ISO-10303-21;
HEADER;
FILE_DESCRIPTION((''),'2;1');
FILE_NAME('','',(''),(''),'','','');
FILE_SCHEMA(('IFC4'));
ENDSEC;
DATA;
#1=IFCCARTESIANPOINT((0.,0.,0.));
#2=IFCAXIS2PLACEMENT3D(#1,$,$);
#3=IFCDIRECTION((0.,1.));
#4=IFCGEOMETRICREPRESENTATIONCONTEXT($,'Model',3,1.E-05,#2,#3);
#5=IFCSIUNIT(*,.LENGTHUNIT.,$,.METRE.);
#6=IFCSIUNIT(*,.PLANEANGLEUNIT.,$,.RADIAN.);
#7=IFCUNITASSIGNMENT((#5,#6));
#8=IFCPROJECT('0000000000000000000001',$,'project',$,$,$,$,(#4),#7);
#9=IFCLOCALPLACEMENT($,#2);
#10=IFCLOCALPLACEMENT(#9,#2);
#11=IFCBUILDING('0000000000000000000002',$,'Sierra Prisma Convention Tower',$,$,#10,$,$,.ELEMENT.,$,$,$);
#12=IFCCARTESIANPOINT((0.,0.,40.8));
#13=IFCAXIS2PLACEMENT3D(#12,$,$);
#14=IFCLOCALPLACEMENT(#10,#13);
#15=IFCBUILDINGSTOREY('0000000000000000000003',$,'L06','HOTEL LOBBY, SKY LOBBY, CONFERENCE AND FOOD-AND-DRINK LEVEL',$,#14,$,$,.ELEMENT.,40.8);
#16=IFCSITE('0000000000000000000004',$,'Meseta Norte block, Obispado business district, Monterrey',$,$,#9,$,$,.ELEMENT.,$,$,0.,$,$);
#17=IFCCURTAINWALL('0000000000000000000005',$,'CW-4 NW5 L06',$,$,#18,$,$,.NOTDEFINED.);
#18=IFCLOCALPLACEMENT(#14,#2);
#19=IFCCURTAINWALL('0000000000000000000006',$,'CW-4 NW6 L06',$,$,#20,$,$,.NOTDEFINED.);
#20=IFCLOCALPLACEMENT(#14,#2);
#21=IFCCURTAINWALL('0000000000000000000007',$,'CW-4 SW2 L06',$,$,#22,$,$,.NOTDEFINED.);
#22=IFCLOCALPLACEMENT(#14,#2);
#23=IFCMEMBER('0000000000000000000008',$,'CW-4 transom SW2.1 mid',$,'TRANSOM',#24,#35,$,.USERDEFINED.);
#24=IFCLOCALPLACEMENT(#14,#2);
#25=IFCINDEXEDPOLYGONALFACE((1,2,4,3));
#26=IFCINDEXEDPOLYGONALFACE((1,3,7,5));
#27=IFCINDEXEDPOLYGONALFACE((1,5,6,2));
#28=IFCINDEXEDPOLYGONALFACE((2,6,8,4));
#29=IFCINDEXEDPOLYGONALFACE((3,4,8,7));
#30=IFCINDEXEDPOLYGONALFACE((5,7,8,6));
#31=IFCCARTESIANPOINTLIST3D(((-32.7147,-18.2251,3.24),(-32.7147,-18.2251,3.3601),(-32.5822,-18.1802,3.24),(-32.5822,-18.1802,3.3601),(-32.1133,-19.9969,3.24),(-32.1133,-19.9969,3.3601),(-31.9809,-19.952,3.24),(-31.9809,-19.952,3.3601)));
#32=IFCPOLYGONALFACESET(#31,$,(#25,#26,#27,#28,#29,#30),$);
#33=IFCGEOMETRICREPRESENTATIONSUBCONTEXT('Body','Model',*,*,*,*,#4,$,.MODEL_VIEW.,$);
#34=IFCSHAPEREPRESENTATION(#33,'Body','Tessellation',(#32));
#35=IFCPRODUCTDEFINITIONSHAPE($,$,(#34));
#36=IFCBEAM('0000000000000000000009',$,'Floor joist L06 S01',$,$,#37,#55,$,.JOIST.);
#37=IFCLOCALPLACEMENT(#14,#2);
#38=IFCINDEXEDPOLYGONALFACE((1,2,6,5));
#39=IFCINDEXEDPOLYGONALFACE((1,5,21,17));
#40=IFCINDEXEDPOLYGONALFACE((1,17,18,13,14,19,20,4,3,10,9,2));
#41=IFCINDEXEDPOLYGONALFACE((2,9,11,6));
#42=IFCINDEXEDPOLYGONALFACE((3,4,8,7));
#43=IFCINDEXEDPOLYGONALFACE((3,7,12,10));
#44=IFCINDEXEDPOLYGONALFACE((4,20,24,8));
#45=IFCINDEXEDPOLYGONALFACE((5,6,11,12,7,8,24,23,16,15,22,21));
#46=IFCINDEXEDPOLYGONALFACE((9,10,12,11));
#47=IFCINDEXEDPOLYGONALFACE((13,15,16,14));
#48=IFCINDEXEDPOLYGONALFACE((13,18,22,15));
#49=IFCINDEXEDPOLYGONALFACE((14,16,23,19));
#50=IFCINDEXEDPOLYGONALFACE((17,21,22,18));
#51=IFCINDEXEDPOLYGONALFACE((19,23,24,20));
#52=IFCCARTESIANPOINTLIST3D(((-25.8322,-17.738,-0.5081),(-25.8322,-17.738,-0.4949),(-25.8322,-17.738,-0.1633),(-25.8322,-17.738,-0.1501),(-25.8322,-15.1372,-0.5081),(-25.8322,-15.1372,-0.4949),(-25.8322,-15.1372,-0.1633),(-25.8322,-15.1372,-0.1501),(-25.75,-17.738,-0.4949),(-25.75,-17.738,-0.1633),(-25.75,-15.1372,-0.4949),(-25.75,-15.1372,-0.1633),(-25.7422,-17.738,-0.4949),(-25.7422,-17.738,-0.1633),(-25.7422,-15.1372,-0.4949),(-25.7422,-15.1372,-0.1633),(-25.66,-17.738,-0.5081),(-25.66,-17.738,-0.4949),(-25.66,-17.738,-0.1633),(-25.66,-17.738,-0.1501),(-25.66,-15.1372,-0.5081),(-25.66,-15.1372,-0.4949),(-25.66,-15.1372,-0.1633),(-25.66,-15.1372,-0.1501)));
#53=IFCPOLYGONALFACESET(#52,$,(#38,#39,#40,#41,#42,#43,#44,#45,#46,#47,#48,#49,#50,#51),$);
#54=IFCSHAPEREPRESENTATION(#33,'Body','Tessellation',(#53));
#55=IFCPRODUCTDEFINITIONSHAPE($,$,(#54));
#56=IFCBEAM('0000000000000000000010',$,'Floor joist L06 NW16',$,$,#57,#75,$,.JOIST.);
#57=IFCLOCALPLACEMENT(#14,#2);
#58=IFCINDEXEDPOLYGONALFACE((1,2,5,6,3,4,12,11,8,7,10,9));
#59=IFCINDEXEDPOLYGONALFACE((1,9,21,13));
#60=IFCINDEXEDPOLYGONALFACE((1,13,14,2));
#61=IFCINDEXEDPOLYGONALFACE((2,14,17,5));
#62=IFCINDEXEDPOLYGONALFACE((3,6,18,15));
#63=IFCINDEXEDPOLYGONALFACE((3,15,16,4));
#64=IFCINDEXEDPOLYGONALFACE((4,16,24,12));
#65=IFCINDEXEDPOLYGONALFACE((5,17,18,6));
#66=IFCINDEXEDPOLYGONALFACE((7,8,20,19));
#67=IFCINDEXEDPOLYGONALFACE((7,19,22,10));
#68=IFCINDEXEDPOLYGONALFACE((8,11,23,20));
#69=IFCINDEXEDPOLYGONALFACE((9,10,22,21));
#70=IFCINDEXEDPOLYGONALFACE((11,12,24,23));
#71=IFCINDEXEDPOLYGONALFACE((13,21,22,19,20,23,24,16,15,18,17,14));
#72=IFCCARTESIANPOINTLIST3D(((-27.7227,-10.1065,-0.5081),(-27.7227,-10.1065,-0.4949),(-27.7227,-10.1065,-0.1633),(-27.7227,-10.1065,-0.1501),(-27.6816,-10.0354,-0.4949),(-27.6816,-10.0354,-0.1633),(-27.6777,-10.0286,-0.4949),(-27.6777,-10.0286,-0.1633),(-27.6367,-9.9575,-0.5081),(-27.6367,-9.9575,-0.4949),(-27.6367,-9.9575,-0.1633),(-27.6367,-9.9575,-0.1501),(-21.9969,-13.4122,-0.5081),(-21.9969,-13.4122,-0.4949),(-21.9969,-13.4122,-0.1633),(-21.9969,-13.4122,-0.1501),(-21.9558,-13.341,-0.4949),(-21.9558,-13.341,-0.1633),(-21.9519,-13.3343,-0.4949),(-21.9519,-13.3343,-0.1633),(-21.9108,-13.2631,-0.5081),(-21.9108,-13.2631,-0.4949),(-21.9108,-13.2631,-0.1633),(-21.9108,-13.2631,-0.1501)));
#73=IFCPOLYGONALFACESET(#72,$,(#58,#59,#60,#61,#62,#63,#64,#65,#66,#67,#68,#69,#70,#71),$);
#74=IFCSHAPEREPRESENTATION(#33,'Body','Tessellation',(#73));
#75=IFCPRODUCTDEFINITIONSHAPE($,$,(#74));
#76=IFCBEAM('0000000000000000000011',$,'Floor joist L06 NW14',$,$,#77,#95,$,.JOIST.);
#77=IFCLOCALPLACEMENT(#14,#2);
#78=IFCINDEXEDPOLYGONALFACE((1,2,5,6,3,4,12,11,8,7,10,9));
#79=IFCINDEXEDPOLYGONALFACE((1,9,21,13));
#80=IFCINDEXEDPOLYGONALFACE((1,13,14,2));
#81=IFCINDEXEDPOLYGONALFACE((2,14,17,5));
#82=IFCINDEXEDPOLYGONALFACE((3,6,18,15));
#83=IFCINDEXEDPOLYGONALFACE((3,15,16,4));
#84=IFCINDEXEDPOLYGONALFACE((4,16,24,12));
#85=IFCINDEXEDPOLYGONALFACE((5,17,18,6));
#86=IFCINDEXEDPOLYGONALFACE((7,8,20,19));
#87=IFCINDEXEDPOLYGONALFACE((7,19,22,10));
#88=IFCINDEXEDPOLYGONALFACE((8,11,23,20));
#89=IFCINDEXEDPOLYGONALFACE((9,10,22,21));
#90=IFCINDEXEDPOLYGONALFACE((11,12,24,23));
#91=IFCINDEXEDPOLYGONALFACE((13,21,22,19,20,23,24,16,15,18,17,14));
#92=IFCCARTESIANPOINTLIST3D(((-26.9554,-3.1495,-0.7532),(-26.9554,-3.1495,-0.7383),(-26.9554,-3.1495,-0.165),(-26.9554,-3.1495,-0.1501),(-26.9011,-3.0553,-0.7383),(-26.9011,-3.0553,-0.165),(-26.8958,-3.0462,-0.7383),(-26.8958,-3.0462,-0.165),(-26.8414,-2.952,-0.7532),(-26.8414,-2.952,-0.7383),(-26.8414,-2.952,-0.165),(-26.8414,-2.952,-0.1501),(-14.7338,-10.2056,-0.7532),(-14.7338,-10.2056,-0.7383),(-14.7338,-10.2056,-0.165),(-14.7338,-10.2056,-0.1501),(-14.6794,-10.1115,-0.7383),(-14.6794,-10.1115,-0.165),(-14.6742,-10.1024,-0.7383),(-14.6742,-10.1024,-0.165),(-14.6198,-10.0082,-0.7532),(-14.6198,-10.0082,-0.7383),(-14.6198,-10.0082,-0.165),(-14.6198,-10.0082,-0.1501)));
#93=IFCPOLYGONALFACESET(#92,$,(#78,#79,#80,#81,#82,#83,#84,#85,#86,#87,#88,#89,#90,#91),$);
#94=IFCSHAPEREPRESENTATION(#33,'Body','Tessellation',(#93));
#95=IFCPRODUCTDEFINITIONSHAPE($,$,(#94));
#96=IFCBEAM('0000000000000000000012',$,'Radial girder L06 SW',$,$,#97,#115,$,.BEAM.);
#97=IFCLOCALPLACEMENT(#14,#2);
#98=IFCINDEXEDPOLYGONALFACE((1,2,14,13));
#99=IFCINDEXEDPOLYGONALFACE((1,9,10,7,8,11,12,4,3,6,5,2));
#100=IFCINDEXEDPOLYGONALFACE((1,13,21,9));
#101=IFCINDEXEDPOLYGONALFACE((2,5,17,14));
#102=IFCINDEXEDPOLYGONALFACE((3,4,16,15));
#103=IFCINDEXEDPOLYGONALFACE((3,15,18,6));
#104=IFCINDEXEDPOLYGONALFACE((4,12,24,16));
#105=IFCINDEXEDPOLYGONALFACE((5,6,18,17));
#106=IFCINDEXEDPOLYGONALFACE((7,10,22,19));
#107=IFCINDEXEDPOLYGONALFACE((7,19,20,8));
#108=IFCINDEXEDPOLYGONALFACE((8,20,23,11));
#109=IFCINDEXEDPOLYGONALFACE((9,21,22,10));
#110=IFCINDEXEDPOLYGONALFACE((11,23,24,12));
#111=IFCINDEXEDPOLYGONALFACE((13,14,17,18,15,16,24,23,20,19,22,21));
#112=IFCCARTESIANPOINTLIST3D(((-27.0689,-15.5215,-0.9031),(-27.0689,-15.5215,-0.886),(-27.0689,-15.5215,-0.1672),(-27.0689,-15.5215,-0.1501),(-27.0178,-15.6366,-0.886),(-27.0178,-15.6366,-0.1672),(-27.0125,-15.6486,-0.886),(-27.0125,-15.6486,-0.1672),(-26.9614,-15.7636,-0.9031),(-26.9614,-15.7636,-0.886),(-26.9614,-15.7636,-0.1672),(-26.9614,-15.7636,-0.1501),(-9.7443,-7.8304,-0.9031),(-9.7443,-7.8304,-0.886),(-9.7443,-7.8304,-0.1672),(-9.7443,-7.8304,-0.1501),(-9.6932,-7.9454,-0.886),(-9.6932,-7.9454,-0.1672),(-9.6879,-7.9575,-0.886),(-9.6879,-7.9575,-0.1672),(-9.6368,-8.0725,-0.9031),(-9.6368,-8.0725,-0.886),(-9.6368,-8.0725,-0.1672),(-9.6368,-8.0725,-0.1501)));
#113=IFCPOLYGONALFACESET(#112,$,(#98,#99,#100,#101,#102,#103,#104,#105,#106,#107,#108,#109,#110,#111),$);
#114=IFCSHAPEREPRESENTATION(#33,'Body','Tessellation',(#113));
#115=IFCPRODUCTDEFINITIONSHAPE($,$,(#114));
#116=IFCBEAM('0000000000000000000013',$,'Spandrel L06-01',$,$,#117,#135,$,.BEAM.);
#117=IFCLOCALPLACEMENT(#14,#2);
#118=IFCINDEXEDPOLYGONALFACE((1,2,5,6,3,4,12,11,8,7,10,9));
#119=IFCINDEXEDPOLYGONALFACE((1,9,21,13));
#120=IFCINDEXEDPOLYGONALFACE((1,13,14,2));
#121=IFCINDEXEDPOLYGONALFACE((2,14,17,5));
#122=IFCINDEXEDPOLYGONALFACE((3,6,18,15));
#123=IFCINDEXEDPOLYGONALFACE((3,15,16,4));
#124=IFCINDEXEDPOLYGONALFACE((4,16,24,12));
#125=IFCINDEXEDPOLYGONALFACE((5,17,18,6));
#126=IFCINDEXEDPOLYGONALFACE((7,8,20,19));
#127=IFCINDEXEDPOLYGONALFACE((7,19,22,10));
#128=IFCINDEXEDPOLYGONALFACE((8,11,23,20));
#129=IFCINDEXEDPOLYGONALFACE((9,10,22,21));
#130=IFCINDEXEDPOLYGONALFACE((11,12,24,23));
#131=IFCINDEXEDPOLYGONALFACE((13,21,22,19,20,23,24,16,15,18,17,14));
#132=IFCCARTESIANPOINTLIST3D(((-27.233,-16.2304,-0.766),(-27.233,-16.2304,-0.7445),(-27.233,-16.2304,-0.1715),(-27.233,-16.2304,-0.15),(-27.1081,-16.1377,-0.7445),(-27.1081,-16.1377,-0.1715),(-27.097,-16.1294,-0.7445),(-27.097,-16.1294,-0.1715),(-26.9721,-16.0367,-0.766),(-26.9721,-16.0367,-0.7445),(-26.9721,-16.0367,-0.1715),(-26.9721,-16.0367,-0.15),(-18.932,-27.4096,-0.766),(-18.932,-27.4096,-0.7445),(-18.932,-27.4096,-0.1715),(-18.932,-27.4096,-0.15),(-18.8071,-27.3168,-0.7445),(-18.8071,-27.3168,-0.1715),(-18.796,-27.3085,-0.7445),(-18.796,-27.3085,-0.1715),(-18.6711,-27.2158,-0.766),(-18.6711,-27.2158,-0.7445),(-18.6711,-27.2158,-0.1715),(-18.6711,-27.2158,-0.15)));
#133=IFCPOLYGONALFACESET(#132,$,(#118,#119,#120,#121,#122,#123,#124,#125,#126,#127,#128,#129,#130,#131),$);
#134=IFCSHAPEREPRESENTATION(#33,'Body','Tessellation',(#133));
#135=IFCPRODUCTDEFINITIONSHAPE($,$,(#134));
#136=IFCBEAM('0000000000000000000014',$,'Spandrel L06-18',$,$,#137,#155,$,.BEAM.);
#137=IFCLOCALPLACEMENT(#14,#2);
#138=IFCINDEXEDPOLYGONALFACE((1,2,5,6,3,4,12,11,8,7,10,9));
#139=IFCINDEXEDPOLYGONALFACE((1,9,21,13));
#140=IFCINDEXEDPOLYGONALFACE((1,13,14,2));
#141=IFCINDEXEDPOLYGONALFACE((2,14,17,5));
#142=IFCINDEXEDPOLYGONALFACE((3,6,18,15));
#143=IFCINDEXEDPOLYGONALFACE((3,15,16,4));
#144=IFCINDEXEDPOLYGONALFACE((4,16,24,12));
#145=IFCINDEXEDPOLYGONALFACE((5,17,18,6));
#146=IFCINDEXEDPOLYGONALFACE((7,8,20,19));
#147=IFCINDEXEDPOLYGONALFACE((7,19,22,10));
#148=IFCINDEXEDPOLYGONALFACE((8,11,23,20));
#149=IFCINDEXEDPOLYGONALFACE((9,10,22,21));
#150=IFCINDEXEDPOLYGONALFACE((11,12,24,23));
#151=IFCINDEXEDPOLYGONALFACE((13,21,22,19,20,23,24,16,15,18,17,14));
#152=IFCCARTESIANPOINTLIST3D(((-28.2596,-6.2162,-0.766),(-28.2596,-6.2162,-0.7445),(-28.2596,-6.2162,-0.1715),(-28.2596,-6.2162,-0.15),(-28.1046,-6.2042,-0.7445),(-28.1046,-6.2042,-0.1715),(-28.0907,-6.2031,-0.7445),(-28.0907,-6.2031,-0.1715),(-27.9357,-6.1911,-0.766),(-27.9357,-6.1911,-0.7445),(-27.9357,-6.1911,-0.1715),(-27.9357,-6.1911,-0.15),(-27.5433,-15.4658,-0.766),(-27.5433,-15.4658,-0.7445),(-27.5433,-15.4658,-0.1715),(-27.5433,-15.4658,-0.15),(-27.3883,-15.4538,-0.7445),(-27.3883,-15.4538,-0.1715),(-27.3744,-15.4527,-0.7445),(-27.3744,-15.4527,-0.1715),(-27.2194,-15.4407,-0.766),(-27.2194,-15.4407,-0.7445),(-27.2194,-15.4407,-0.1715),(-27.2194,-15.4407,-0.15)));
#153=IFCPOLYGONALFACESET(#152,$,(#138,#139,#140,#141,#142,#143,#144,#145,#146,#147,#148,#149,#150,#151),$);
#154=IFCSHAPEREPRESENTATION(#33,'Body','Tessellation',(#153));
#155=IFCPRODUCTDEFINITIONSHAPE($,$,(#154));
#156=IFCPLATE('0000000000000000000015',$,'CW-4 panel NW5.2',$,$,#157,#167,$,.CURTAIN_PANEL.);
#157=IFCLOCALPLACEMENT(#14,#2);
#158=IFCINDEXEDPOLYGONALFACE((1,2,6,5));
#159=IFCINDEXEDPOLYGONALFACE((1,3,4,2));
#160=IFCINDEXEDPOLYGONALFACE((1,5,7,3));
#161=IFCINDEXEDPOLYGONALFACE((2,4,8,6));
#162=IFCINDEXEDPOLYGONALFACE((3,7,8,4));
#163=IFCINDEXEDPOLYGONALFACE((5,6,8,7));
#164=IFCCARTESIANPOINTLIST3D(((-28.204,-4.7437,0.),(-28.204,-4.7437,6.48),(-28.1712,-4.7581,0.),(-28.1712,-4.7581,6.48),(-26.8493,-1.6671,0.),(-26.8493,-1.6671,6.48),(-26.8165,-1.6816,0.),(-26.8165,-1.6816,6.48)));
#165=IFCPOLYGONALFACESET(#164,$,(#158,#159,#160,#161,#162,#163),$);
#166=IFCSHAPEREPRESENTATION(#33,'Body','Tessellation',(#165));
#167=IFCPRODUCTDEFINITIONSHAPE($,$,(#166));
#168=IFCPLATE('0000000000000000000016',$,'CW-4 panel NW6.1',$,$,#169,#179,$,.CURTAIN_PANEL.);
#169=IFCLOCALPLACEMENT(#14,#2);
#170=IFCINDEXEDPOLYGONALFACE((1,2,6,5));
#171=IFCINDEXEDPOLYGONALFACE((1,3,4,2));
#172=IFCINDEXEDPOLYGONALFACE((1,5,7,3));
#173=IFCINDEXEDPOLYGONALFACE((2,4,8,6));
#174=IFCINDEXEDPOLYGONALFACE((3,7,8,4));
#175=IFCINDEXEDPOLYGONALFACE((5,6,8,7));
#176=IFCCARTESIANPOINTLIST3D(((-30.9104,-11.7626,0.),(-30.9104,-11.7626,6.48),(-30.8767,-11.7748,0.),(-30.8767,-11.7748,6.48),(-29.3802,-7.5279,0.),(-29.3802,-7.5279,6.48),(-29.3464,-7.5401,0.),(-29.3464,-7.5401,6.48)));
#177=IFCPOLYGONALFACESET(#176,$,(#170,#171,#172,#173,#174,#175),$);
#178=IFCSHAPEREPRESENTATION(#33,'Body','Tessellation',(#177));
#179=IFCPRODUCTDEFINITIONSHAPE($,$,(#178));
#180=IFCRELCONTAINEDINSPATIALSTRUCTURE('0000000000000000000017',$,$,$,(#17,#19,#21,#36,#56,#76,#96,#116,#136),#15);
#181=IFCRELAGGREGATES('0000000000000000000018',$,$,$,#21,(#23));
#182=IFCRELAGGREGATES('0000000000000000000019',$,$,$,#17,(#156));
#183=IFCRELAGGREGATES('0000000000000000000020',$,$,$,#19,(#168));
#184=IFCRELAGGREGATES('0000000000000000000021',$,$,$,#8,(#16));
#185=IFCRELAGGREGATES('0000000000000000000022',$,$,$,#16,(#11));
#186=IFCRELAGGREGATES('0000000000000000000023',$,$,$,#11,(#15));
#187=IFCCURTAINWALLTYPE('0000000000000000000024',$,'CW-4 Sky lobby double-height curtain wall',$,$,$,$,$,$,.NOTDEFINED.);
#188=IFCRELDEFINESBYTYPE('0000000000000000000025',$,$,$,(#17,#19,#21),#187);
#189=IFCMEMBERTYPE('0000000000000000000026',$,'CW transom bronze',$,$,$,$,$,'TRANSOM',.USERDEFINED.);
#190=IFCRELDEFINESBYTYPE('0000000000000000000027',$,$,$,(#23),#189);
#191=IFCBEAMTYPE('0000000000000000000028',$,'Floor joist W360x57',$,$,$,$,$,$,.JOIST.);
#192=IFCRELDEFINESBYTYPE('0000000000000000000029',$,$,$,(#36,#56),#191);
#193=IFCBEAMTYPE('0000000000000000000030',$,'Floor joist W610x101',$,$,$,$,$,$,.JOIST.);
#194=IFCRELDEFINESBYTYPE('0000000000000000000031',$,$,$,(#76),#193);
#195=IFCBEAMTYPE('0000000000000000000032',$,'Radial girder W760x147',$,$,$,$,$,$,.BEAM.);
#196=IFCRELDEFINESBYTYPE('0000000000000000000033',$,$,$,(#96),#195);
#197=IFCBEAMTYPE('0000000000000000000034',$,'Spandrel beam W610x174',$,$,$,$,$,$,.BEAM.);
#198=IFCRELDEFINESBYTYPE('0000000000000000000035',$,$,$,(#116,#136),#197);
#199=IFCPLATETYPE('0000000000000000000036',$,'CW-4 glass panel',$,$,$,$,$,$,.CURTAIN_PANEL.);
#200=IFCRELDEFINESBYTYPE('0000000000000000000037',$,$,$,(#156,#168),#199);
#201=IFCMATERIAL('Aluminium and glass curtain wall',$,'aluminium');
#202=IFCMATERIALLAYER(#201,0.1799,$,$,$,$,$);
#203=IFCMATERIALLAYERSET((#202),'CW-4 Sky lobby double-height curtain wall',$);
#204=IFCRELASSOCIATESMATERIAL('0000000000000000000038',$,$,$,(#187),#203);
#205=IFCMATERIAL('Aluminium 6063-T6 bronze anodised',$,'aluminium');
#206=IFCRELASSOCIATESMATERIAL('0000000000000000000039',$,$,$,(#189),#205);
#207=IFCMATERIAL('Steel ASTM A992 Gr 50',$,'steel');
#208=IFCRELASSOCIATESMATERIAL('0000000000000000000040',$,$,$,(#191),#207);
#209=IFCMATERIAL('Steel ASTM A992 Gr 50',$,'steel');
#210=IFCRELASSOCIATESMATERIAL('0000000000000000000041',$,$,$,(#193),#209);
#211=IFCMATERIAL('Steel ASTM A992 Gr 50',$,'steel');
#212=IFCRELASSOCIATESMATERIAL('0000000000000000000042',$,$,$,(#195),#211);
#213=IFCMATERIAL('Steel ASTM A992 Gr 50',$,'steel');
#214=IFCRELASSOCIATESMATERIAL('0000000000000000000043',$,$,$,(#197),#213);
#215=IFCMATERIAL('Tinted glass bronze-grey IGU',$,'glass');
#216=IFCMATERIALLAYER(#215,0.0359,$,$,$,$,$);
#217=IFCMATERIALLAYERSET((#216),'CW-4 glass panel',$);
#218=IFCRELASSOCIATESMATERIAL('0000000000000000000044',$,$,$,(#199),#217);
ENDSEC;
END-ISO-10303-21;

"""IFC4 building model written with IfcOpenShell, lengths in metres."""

from ifc_helpers import new_model, si_unit, direction, frame, origin, origin_2d, place, context, subcontext, project, spatial, rectangle, i_section, extrude, material, layer, layer_set, material_profile, profile_set, type_object, element, aggregate, save


model = new_model("IFC4")

# Units and contexts
model_context = context("Model", 3, precision=1e-05, world=origin(), true_north=direction((0.0, 1.0)))
body_context = subcontext(model_context, "Body", "Model", "MODEL_VIEW")
ifc_project = project(units=[si_unit("LENGTHUNIT", "METRE"), si_unit("PLANEANGLEUNIT", "RADIAN")], contexts=[model_context])

# Site, building, storey
site_placement = place(None, origin())
site = spatial("IfcSite", under=ifc_project, at=site_placement, Name="Meseta Norte block, Obispado business district, Monterrey", CompositionType="ELEMENT", RefElevation=0.0)
building_placement = place(site_placement, origin())
building = spatial("IfcBuilding", under=site, at=building_placement, Name="Sierra Prisma Convention Tower", CompositionType="ELEMENT")
storey_placement = place(building_placement, frame((0.0, 0.0, 40.8)))
storey = spatial("IfcBuildingStorey", under=building, at=storey_placement, Name="L06", Description="HOTEL LOBBY, SKY LOBBY, CONFERENCE AND FOOD-AND-DRINK LEVEL", CompositionType="ELEMENT", Elevation=40.8)

# Curtain walls
ifc_material_1 = material(Name="Aluminium and glass curtain wall", Category="aluminium")
ifc_layer_1 = layer(ifc_material_1, 0.1799)
ifc_layer_set_1 = layer_set([ifc_layer_1], Name="CW-4 Sky lobby double-height curtain wall")
curtain_wall_type = type_object("IfcCurtainWallType", Name="CW-4 Sky lobby double-height curtain wall", PredefinedType="NOTDEFINED", material=ifc_layer_set_1)
curtain_wall_1_placement = place(storey_placement, origin())
curtain_wall_1 = element("IfcCurtainWall", 1, at=curtain_wall_1_placement, inside=storey, type_object=curtain_wall_type, Name="CW-4 NW5 L06", PredefinedType="NOTDEFINED")
curtain_wall_2_placement = place(storey_placement, origin())
curtain_wall_2 = element("IfcCurtainWall", 2, at=curtain_wall_2_placement, inside=storey, type_object=curtain_wall_type, Name="CW-4 NW6 L06", PredefinedType="NOTDEFINED")
curtain_wall_3_placement = place(storey_placement, origin())
curtain_wall_3 = element("IfcCurtainWall", 3, at=curtain_wall_3_placement, inside=storey, type_object=curtain_wall_type, Name="CW-4 SW2 L06", PredefinedType="NOTDEFINED")

# Member
ifc_material_2 = material(Name="Aluminium 6063-T6 bronze anodised", Category="aluminium")
ifc_material_profile_1 = material_profile(ifc_material_2, rectangle(XDim=0.1399, YDim=0.1201, at=origin_2d()), Name="ALU TRANSOM 120x140")
ifc_profile_set_1 = profile_set([ifc_material_profile_1], Name="Aluminium 6063-T6 bronze anodised")
member_type_1 = type_object("IfcMemberType", Name="CW transom bronze", ElementType="TRANSOM", PredefinedType="USERDEFINED", material=ifc_profile_set_1)
member_1_placement = place(storey_placement, frame((-32.6484, -18.2026, 3.3), z_axis=(0.32139, -0.946947, 0.0), x_axis=(0.946947, 0.32139, 0.0)))
member_1 = element("IfcMember", 4, at=member_1_placement, type_object=member_type_1, Name="CW-4 transom SW2.1 mid", ObjectType="TRANSOM", PredefinedType="USERDEFINED", context=body_context, shape_type="SweptSolid", body=[
    extrude(rectangle(XDim=0.1399, YDim=0.1201, at=origin_2d()), origin(), (0.0, 0.0, 1.0), 1.8711),
])
aggregate(curtain_wall_3, [member_1])

# Beams
ifc_material_3 = material(Name="Steel ASTM A992 Gr 50", Category="steel")
ifc_material_profile_2 = material_profile(ifc_material_3, i_section(OverallWidth=0.1721, OverallDepth=0.3579, WebThickness=0.0078, FlangeThickness=0.0132, at=origin_2d()), Name="W360x57")
ifc_profile_set_2 = profile_set([ifc_material_profile_2], Name="Steel ASTM A992 Gr 50")
beam_type_1 = type_object("IfcBeamType", Name="Floor joist W360x57", PredefinedType="JOIST", material=ifc_profile_set_2)
beam_1_placement = place(storey_placement, frame((-25.7461, -17.738, -0.3291), z_axis=(0.0, 1.0, 0.0), x_axis=(-1.0, 0.0, 0.0)))
element("IfcBeam", 5, at=beam_1_placement, inside=storey, type_object=beam_type_1, Name="Floor joist L06 S01", PredefinedType="JOIST", context=body_context, shape_type="SweptSolid", body=[
    extrude(i_section(OverallWidth=0.1721, OverallDepth=0.3579, WebThickness=0.0078, FlangeThickness=0.0132, at=origin_2d()), origin(), (0.0, 0.0, 1.0), 2.6008),
])
beam_2_placement = place(storey_placement, frame((-27.6797, -10.032, -0.3291), z_axis=(0.866035, -0.499983, 0.0), x_axis=(0.499983, 0.866035, 0.0)))
element("IfcBeam", 6, at=beam_2_placement, inside=storey, type_object=beam_type_1, Name="Floor joist L06 NW16", PredefinedType="JOIST", context=body_context, shape_type="SweptSolid", body=[
    extrude(i_section(OverallWidth=0.1721, OverallDepth=0.3579, WebThickness=0.0078, FlangeThickness=0.0132, at=origin_2d()), origin(), (0.0, 0.0, 1.0), 6.6116),
])
ifc_material_4 = material(Name="Steel ASTM A992 Gr 50", Category="steel")
ifc_material_profile_3 = material_profile(ifc_material_4, i_section(OverallWidth=0.228, OverallDepth=0.603, WebThickness=0.0105, FlangeThickness=0.0149, at=origin_2d()), Name="W610x101")
ifc_profile_set_3 = profile_set([ifc_material_profile_3], Name="Steel ASTM A992 Gr 50")
beam_type_2 = type_object("IfcBeamType", Name="Floor joist W610x101", PredefinedType="JOIST", material=ifc_profile_set_3)
beam_3_placement = place(storey_placement, frame((-26.8984, -3.0508, -0.4517), z_axis=(0.866027, -0.499998, 0.0), x_axis=(0.499998, 0.866027, 0.0)))
element("IfcBeam", 7, at=beam_3_placement, inside=storey, type_object=beam_type_2, Name="Floor joist L06 NW14", PredefinedType="JOIST", context=body_context, shape_type="SweptSolid", body=[
    extrude(i_section(OverallWidth=0.228, OverallDepth=0.603, WebThickness=0.0105, FlangeThickness=0.0149, at=origin_2d()), origin(), (0.0, 0.0, 1.0), 14.1123),
])
ifc_material_5 = material(Name="Steel ASTM A992 Gr 50", Category="steel")
ifc_material_profile_4 = material_profile(ifc_material_5, i_section(OverallWidth=0.2649, OverallDepth=0.7529, WebThickness=0.0132, FlangeThickness=0.0171, at=origin_2d()), Name="W760x147")
ifc_profile_set_4 = profile_set([ifc_material_profile_4], Name="Steel ASTM A992 Gr 50")
beam_type_3 = type_object("IfcBeamType", Name="Radial girder W760x147", PredefinedType="BEAM", material=ifc_profile_set_4)
beam_4_placement = place(storey_placement, frame((-27.0151, -15.6426, -0.5266), z_axis=(0.913982, 0.405755, 0.0), x_axis=(-0.405755, 0.913982, 0.0)))
element("IfcBeam", 8, at=beam_4_placement, inside=storey, type_object=beam_type_3, Name="Radial girder L06 SW", PredefinedType="BEAM", context=body_context, shape_type="SweptSolid", body=[
    extrude(i_section(OverallWidth=0.2649, OverallDepth=0.7529, WebThickness=0.0132, FlangeThickness=0.0171, at=origin_2d()), origin(), (0.0, 0.0, 1.0), 18.9551),
])
ifc_material_6 = material(Name="Steel ASTM A992 Gr 50", Category="steel")
ifc_material_profile_5 = material_profile(ifc_material_6, i_section(OverallWidth=0.325, OverallDepth=0.616, WebThickness=0.0139, FlangeThickness=0.0215, at=origin_2d()), Name="W610x174")
ifc_profile_set_5 = profile_set([ifc_material_profile_5], Name="Steel ASTM A992 Gr 50")
beam_type_4 = type_object("IfcBeamType", Name="Spandrel beam W610x174", PredefinedType="BEAM", material=ifc_profile_set_5)
beam_5_placement = place(storey_placement, frame((-27.1025, -16.1335, -0.458), z_axis=(0.596161, -0.802865, 0.0), x_axis=(0.802865, 0.596161, 0.0)))
element("IfcBeam", 9, at=beam_5_placement, inside=storey, type_object=beam_type_4, Name="Spandrel L06-01", PredefinedType="BEAM", context=body_context, shape_type="SweptSolid", body=[
    extrude(i_section(OverallWidth=0.325, OverallDepth=0.616, WebThickness=0.0139, FlangeThickness=0.0215, at=origin_2d()), origin(), (0.0, 0.0, 1.0), 13.9241),
])
beam_6_placement = place(storey_placement, frame((-28.0977, -6.2036, -0.458), z_axis=(0.07721, -0.997015, 0.0), x_axis=(0.997015, 0.07721, 0.0)))
element("IfcBeam", 10, at=beam_6_placement, inside=storey, type_object=beam_type_4, Name="Spandrel L06-18", PredefinedType="BEAM", context=body_context, shape_type="SweptSolid", body=[
    extrude(i_section(OverallWidth=0.325, OverallDepth=0.616, WebThickness=0.0139, FlangeThickness=0.0215, at=origin_2d()), origin(), (0.0, 0.0, 1.0), 9.2773),
])

# Plates
ifc_material_7 = material(Name="Tinted glass bronze-grey IGU", Category="glass")
ifc_layer_2 = layer(ifc_material_7, 0.0359)
ifc_layer_set_2 = layer_set([ifc_layer_2], Name="CW-4 glass panel")
plate_type = type_object("IfcPlateType", Name="CW-4 glass panel", PredefinedType="CURTAIN_PANEL", material=ifc_layer_set_2)
plate_1_placement = place(storey_placement, frame((-27.5103, -3.2126, 0.0), z_axis=(0.0, 0.0, 1.0), x_axis=(-0.402984, -0.915207, 0.0)))
plate_1 = element("IfcPlate", 11, at=plate_1_placement, type_object=plate_type, Name="CW-4 panel NW5.2", PredefinedType="CURTAIN_PANEL", context=body_context, shape_type="SweptSolid", body=[
    extrude(rectangle(XDim=3.3616, YDim=0.0359, at=origin_2d()), origin(), (0.0, 0.0, 1.0), 6.48),
])
aggregate(curtain_wall_1, [plate_1])
plate_2_placement = place(storey_placement, frame((-30.1284, -9.6514, 0.0), z_axis=(0.0, 0.0, 1.0), x_axis=(-0.339853, -0.940479, 0.0)))
plate_2 = element("IfcPlate", 12, at=plate_2_placement, type_object=plate_type, Name="CW-4 panel NW6.1", PredefinedType="CURTAIN_PANEL", context=body_context, shape_type="SweptSolid", body=[
    extrude(rectangle(XDim=4.5027, YDim=0.0359, at=origin_2d()), origin(), (0.0, 0.0, 1.0), 6.48),
])
aggregate(curtain_wall_2, [plate_2])

save(model, "model.ifc")
